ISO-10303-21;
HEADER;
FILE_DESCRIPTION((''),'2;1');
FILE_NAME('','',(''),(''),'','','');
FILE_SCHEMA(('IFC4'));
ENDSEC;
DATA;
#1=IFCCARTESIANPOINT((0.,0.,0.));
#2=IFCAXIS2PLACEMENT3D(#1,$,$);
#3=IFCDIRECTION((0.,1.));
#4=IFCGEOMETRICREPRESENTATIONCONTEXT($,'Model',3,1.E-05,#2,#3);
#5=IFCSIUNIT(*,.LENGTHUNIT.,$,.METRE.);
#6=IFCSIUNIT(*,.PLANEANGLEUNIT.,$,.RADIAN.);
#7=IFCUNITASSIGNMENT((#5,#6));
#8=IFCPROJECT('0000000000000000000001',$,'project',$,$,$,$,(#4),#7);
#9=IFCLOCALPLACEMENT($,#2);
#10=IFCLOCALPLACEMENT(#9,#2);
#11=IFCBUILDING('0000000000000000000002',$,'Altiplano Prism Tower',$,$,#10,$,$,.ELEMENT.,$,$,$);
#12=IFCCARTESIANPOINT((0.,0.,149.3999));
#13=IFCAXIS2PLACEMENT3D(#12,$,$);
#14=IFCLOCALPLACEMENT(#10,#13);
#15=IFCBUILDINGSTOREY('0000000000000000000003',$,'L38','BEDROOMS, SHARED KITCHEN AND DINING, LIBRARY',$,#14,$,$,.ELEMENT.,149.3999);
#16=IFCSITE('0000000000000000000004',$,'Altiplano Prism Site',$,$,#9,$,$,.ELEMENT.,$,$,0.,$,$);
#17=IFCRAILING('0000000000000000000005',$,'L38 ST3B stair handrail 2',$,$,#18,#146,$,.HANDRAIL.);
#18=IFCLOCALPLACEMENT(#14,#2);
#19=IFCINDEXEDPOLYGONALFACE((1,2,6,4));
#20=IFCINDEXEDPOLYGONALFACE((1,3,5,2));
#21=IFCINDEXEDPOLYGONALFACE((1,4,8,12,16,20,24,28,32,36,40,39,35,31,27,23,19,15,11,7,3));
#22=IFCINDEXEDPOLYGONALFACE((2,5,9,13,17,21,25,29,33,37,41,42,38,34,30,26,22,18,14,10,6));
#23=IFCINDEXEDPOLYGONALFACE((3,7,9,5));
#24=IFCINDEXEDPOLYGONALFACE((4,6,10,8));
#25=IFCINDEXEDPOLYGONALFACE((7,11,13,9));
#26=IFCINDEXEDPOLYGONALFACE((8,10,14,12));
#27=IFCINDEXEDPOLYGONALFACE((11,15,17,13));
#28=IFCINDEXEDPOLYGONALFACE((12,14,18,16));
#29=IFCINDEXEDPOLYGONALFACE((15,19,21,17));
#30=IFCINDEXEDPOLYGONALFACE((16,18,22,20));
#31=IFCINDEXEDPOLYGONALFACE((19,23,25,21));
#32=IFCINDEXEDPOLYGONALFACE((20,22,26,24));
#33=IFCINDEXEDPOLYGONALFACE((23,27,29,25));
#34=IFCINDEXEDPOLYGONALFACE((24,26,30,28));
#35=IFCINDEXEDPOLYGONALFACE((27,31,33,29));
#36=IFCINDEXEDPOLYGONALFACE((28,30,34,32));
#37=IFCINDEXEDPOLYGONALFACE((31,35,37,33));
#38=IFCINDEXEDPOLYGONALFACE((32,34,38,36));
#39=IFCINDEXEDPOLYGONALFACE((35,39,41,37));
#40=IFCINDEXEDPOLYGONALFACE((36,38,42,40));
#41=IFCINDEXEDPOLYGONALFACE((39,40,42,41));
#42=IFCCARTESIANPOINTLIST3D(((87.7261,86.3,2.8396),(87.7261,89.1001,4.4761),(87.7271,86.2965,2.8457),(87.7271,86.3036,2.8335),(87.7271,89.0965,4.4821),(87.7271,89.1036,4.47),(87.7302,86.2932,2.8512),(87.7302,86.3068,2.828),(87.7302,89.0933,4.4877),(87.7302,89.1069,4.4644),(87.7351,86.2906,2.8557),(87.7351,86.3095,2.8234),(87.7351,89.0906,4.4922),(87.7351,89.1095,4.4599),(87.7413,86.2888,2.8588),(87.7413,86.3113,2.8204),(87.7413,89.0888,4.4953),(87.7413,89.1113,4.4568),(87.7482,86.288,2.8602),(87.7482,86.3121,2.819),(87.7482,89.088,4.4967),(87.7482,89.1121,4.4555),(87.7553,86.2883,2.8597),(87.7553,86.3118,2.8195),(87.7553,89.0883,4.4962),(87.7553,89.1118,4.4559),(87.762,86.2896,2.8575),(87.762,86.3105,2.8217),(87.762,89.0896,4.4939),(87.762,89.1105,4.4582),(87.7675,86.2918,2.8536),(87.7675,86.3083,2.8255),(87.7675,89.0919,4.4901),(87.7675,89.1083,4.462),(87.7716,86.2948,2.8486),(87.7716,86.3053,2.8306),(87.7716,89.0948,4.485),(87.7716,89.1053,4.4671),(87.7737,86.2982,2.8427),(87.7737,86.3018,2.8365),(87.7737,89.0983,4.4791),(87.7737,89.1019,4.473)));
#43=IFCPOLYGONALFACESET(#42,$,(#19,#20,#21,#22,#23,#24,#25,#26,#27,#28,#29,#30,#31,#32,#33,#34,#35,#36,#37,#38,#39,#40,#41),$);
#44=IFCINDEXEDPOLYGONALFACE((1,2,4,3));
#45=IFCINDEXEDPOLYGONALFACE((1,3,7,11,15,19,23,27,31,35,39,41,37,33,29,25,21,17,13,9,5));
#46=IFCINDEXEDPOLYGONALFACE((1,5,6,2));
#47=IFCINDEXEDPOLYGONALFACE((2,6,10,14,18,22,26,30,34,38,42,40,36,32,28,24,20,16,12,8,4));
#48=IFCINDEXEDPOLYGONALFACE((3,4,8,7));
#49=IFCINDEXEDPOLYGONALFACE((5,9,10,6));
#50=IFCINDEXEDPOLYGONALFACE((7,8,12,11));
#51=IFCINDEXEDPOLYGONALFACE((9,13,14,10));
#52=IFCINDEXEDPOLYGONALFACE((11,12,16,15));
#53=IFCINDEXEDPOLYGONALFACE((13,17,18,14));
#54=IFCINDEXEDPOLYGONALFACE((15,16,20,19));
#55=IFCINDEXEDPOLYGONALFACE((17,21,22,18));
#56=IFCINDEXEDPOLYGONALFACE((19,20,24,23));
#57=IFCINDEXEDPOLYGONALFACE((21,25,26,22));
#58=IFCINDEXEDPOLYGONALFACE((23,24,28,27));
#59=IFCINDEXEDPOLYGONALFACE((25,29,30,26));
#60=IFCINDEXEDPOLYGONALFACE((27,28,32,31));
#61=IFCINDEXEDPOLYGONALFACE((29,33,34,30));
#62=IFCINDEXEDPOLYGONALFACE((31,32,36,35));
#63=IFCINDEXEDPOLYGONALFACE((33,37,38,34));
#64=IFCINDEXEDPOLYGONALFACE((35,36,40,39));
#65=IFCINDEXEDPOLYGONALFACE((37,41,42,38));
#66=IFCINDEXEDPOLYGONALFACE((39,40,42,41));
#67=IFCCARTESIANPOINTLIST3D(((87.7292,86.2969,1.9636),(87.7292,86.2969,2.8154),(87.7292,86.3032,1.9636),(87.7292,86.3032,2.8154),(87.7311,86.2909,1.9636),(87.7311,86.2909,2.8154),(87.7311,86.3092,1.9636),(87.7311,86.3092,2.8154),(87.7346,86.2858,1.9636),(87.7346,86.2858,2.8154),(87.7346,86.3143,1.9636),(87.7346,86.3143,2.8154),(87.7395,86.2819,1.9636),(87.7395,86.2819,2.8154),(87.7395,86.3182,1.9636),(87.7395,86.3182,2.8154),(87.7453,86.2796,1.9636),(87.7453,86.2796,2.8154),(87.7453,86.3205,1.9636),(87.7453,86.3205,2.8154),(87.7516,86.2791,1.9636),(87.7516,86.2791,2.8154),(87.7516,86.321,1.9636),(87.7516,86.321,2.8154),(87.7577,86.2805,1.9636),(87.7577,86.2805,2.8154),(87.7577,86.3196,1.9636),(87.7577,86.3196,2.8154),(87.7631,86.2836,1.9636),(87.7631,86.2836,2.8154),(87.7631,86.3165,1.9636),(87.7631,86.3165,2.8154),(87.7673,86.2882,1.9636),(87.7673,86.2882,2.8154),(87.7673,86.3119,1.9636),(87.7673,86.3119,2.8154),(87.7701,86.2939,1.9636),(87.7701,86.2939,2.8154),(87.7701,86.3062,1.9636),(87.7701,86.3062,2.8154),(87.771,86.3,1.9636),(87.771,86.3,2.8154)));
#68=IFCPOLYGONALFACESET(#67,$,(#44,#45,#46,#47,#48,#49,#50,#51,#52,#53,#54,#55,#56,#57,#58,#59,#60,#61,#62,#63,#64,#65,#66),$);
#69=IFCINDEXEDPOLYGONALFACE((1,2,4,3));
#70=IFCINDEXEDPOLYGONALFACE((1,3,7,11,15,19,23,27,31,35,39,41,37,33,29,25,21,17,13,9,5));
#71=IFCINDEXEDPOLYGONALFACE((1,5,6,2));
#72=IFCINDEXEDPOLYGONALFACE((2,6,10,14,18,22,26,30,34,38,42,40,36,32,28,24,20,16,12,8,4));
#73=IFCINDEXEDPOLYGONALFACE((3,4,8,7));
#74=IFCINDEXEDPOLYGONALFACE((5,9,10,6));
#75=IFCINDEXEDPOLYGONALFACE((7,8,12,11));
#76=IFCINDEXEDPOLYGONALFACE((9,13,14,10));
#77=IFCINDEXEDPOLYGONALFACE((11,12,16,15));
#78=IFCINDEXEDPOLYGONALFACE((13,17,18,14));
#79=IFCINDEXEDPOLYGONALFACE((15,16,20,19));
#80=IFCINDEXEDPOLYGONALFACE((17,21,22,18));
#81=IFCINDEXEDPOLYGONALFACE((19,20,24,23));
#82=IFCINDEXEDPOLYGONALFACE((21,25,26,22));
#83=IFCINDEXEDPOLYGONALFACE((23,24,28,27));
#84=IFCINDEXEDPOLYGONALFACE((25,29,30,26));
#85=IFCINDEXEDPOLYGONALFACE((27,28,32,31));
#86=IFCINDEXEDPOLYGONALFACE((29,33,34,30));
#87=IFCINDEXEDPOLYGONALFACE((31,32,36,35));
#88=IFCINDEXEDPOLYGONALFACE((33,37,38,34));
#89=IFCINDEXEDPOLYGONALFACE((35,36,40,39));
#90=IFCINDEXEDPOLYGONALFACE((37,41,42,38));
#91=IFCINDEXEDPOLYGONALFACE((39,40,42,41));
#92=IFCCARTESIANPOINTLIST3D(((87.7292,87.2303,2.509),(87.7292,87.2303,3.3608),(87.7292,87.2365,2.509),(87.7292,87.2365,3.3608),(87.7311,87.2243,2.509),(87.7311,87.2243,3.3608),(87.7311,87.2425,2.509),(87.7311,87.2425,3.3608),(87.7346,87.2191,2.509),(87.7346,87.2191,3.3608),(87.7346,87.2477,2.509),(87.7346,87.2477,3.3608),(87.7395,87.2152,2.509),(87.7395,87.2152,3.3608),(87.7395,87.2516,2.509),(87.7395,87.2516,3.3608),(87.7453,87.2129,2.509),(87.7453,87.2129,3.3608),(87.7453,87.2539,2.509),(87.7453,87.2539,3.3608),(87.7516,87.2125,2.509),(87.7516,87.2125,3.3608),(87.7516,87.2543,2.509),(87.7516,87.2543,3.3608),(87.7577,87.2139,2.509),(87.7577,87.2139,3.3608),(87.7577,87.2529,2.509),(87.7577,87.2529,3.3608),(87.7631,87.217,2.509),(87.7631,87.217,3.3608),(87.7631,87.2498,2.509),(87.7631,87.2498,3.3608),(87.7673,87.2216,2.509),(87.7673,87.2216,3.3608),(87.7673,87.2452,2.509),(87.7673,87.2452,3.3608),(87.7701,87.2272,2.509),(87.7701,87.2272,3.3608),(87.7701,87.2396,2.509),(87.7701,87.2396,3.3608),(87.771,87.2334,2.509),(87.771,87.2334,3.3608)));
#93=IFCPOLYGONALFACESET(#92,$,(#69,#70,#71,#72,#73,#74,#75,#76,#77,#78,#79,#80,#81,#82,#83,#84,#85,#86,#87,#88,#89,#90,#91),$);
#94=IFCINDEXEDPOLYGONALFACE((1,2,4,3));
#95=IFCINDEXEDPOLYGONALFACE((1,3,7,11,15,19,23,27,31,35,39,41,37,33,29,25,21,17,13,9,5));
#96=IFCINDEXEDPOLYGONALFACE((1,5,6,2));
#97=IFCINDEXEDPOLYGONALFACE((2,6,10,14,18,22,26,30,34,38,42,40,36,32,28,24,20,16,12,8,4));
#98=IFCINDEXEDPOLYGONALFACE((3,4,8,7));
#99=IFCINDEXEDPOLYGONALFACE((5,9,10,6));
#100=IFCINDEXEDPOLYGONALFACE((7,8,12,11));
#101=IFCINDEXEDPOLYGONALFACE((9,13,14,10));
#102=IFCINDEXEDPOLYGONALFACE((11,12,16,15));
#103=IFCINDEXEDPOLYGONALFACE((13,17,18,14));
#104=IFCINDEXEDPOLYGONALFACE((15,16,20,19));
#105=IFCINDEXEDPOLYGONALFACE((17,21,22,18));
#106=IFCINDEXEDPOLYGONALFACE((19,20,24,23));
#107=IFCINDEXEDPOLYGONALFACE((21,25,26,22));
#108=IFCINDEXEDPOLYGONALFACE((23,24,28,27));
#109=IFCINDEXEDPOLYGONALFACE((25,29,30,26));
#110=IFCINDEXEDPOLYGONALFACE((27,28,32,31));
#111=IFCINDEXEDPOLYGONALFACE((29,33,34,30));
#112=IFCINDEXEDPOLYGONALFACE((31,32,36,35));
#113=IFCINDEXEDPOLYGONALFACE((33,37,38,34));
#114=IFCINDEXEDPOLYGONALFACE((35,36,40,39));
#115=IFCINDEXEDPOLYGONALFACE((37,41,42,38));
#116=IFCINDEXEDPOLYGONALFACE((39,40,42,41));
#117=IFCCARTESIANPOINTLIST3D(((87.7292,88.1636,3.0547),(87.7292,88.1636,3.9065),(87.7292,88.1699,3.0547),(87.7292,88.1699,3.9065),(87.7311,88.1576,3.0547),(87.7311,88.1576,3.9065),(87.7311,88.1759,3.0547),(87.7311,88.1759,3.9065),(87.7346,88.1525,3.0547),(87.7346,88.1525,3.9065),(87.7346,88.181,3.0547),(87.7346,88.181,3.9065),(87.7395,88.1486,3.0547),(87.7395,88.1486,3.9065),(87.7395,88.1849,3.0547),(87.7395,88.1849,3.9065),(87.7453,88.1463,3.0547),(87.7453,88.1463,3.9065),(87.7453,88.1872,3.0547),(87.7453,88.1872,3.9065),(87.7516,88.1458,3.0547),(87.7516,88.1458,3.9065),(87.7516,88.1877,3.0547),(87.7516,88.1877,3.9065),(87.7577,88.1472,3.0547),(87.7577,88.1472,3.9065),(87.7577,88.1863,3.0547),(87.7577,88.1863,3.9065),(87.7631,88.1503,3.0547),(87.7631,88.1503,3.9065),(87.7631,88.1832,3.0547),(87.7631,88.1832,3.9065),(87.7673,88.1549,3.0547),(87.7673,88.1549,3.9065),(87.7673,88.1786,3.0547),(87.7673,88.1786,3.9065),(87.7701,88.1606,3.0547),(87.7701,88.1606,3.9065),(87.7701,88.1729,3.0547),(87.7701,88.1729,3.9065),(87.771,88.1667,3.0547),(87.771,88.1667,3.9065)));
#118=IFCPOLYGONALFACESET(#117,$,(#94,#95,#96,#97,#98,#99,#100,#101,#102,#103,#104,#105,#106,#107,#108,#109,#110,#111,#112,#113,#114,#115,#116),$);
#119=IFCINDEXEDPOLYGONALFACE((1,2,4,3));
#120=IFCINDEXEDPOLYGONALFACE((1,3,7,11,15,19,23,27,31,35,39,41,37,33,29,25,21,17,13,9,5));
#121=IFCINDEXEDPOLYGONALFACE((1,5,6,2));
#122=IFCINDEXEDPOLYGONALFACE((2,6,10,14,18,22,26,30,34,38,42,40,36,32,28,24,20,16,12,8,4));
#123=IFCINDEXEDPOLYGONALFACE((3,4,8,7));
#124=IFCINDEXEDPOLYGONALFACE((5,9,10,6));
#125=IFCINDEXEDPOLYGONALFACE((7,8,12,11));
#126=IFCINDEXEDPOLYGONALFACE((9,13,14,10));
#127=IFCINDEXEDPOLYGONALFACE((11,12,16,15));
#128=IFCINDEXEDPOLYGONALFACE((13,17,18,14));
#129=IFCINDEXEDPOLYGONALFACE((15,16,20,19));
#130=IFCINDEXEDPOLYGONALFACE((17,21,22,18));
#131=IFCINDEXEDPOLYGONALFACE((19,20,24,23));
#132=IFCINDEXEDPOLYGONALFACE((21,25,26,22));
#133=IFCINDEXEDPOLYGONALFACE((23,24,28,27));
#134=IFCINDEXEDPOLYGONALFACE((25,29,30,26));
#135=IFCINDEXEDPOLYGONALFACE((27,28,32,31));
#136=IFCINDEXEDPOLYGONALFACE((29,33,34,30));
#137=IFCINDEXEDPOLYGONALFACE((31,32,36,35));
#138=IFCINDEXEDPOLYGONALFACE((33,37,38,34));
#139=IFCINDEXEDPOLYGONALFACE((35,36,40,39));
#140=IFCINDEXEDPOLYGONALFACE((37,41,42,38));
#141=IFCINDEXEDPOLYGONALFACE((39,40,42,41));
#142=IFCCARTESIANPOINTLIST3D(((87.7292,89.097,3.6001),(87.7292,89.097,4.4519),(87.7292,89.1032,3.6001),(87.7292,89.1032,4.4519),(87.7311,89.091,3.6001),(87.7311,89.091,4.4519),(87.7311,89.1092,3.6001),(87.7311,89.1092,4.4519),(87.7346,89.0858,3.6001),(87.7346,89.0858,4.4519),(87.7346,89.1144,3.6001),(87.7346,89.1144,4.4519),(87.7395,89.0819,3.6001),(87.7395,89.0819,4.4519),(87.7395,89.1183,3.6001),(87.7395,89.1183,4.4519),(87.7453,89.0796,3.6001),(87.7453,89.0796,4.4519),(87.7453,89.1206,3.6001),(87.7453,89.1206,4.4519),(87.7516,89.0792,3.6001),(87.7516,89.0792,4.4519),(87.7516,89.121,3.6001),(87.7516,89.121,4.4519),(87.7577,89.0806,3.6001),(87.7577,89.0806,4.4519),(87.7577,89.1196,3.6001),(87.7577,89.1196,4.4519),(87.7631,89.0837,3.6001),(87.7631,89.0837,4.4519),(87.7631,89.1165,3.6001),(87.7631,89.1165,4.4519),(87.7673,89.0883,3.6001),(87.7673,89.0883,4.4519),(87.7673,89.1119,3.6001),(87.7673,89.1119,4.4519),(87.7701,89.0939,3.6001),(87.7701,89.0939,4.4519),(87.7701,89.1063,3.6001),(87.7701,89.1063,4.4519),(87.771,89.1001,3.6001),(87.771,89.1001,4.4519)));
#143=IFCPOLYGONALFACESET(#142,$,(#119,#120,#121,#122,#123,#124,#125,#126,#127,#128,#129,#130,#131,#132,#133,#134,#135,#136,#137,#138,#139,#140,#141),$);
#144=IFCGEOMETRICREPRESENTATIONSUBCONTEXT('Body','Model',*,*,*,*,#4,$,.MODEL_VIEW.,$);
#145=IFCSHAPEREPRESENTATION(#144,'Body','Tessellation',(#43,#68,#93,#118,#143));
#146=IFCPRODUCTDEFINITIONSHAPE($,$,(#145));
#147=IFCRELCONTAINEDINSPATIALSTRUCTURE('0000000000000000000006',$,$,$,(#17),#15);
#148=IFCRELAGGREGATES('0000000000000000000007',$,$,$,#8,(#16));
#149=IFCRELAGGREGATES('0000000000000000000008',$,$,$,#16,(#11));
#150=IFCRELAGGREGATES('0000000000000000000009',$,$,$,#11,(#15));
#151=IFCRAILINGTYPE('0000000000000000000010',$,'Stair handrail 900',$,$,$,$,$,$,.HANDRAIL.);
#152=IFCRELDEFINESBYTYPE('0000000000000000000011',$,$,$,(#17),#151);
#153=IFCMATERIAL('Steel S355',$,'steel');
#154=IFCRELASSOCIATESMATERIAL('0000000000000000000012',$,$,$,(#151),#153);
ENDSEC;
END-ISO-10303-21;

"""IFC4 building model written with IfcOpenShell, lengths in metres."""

from ifc_helpers import new_model, si_unit, direction, frame, origin, origin_2d, place, context, subcontext, project, spatial, circle, extrude, material, type_object, element, save


model = new_model("IFC4")

# Units and contexts
model_context = context("Model", 3, precision=1e-05, world=origin(), true_north=direction((0.0, 1.0)))
body_context = subcontext(model_context, "Body", "Model", "MODEL_VIEW")
ifc_project = project(units=[si_unit("LENGTHUNIT", "METRE"), si_unit("PLANEANGLEUNIT", "RADIAN")], contexts=[model_context])

# Site, building, storey
site_placement = place(None, origin())
site = spatial("IfcSite", under=ifc_project, at=site_placement, Name="Altiplano Prism Site", CompositionType="ELEMENT", RefElevation=0.0)
building_placement = place(site_placement, origin())
building = spatial("IfcBuilding", under=site, at=building_placement, Name="Altiplano Prism Tower", CompositionType="ELEMENT")
storey_placement = place(building_placement, frame((0.0, 0.0, 149.3999)))
storey = spatial("IfcBuildingStorey", under=building, at=storey_placement, Name="L38", Description="BEDROOMS, SHARED KITCHEN AND DINING, LIBRARY", CompositionType="ELEMENT", Elevation=149.3999)

# Railing
ifc_material_1 = material(Name="Steel S355", Category="steel")
railing_type_1 = type_object("IfcRailingType", Name="Stair handrail 900", PredefinedType="HANDRAIL", material=ifc_material_1)
railing_1_placement = place(storey_placement, frame((87.75, 86.3, 1.9636)))
element("IfcRailing", 1, at=railing_1_placement, inside=storey, type_object=railing_type_1, Name="L38 ST3B stair handrail 2", PredefinedType="HANDRAIL", context=body_context, shape_type="SweptSolid", body=[
    extrude(circle(Radius=0.0239, at=origin_2d()), frame((0.0, 0.0, 0.876), z_axis=(0.0, 0.863361, 0.504587), x_axis=(-1.0, 0.0, 0.0)), (0.0, 0.0, 1.0), 3.2432),
    extrude(circle(Radius=0.021, at=origin_2d()), origin(), (0.0, 0.0, 1.0), 0.8518),
    extrude(circle(Radius=0.021, at=origin_2d()), frame((0.0, 0.9333, 0.5454)), (0.0, 0.0, 1.0), 0.8518),
    extrude(circle(Radius=0.021, at=origin_2d()), frame((0.0, 1.8667, 1.0911)), (0.0, 0.0, 1.0), 0.8518),
    extrude(circle(Radius=0.021, at=origin_2d()), frame((0.0, 2.8, 1.6365)), (0.0, 0.0, 1.0), 0.8518),
])

save(model, "model.ifc")
